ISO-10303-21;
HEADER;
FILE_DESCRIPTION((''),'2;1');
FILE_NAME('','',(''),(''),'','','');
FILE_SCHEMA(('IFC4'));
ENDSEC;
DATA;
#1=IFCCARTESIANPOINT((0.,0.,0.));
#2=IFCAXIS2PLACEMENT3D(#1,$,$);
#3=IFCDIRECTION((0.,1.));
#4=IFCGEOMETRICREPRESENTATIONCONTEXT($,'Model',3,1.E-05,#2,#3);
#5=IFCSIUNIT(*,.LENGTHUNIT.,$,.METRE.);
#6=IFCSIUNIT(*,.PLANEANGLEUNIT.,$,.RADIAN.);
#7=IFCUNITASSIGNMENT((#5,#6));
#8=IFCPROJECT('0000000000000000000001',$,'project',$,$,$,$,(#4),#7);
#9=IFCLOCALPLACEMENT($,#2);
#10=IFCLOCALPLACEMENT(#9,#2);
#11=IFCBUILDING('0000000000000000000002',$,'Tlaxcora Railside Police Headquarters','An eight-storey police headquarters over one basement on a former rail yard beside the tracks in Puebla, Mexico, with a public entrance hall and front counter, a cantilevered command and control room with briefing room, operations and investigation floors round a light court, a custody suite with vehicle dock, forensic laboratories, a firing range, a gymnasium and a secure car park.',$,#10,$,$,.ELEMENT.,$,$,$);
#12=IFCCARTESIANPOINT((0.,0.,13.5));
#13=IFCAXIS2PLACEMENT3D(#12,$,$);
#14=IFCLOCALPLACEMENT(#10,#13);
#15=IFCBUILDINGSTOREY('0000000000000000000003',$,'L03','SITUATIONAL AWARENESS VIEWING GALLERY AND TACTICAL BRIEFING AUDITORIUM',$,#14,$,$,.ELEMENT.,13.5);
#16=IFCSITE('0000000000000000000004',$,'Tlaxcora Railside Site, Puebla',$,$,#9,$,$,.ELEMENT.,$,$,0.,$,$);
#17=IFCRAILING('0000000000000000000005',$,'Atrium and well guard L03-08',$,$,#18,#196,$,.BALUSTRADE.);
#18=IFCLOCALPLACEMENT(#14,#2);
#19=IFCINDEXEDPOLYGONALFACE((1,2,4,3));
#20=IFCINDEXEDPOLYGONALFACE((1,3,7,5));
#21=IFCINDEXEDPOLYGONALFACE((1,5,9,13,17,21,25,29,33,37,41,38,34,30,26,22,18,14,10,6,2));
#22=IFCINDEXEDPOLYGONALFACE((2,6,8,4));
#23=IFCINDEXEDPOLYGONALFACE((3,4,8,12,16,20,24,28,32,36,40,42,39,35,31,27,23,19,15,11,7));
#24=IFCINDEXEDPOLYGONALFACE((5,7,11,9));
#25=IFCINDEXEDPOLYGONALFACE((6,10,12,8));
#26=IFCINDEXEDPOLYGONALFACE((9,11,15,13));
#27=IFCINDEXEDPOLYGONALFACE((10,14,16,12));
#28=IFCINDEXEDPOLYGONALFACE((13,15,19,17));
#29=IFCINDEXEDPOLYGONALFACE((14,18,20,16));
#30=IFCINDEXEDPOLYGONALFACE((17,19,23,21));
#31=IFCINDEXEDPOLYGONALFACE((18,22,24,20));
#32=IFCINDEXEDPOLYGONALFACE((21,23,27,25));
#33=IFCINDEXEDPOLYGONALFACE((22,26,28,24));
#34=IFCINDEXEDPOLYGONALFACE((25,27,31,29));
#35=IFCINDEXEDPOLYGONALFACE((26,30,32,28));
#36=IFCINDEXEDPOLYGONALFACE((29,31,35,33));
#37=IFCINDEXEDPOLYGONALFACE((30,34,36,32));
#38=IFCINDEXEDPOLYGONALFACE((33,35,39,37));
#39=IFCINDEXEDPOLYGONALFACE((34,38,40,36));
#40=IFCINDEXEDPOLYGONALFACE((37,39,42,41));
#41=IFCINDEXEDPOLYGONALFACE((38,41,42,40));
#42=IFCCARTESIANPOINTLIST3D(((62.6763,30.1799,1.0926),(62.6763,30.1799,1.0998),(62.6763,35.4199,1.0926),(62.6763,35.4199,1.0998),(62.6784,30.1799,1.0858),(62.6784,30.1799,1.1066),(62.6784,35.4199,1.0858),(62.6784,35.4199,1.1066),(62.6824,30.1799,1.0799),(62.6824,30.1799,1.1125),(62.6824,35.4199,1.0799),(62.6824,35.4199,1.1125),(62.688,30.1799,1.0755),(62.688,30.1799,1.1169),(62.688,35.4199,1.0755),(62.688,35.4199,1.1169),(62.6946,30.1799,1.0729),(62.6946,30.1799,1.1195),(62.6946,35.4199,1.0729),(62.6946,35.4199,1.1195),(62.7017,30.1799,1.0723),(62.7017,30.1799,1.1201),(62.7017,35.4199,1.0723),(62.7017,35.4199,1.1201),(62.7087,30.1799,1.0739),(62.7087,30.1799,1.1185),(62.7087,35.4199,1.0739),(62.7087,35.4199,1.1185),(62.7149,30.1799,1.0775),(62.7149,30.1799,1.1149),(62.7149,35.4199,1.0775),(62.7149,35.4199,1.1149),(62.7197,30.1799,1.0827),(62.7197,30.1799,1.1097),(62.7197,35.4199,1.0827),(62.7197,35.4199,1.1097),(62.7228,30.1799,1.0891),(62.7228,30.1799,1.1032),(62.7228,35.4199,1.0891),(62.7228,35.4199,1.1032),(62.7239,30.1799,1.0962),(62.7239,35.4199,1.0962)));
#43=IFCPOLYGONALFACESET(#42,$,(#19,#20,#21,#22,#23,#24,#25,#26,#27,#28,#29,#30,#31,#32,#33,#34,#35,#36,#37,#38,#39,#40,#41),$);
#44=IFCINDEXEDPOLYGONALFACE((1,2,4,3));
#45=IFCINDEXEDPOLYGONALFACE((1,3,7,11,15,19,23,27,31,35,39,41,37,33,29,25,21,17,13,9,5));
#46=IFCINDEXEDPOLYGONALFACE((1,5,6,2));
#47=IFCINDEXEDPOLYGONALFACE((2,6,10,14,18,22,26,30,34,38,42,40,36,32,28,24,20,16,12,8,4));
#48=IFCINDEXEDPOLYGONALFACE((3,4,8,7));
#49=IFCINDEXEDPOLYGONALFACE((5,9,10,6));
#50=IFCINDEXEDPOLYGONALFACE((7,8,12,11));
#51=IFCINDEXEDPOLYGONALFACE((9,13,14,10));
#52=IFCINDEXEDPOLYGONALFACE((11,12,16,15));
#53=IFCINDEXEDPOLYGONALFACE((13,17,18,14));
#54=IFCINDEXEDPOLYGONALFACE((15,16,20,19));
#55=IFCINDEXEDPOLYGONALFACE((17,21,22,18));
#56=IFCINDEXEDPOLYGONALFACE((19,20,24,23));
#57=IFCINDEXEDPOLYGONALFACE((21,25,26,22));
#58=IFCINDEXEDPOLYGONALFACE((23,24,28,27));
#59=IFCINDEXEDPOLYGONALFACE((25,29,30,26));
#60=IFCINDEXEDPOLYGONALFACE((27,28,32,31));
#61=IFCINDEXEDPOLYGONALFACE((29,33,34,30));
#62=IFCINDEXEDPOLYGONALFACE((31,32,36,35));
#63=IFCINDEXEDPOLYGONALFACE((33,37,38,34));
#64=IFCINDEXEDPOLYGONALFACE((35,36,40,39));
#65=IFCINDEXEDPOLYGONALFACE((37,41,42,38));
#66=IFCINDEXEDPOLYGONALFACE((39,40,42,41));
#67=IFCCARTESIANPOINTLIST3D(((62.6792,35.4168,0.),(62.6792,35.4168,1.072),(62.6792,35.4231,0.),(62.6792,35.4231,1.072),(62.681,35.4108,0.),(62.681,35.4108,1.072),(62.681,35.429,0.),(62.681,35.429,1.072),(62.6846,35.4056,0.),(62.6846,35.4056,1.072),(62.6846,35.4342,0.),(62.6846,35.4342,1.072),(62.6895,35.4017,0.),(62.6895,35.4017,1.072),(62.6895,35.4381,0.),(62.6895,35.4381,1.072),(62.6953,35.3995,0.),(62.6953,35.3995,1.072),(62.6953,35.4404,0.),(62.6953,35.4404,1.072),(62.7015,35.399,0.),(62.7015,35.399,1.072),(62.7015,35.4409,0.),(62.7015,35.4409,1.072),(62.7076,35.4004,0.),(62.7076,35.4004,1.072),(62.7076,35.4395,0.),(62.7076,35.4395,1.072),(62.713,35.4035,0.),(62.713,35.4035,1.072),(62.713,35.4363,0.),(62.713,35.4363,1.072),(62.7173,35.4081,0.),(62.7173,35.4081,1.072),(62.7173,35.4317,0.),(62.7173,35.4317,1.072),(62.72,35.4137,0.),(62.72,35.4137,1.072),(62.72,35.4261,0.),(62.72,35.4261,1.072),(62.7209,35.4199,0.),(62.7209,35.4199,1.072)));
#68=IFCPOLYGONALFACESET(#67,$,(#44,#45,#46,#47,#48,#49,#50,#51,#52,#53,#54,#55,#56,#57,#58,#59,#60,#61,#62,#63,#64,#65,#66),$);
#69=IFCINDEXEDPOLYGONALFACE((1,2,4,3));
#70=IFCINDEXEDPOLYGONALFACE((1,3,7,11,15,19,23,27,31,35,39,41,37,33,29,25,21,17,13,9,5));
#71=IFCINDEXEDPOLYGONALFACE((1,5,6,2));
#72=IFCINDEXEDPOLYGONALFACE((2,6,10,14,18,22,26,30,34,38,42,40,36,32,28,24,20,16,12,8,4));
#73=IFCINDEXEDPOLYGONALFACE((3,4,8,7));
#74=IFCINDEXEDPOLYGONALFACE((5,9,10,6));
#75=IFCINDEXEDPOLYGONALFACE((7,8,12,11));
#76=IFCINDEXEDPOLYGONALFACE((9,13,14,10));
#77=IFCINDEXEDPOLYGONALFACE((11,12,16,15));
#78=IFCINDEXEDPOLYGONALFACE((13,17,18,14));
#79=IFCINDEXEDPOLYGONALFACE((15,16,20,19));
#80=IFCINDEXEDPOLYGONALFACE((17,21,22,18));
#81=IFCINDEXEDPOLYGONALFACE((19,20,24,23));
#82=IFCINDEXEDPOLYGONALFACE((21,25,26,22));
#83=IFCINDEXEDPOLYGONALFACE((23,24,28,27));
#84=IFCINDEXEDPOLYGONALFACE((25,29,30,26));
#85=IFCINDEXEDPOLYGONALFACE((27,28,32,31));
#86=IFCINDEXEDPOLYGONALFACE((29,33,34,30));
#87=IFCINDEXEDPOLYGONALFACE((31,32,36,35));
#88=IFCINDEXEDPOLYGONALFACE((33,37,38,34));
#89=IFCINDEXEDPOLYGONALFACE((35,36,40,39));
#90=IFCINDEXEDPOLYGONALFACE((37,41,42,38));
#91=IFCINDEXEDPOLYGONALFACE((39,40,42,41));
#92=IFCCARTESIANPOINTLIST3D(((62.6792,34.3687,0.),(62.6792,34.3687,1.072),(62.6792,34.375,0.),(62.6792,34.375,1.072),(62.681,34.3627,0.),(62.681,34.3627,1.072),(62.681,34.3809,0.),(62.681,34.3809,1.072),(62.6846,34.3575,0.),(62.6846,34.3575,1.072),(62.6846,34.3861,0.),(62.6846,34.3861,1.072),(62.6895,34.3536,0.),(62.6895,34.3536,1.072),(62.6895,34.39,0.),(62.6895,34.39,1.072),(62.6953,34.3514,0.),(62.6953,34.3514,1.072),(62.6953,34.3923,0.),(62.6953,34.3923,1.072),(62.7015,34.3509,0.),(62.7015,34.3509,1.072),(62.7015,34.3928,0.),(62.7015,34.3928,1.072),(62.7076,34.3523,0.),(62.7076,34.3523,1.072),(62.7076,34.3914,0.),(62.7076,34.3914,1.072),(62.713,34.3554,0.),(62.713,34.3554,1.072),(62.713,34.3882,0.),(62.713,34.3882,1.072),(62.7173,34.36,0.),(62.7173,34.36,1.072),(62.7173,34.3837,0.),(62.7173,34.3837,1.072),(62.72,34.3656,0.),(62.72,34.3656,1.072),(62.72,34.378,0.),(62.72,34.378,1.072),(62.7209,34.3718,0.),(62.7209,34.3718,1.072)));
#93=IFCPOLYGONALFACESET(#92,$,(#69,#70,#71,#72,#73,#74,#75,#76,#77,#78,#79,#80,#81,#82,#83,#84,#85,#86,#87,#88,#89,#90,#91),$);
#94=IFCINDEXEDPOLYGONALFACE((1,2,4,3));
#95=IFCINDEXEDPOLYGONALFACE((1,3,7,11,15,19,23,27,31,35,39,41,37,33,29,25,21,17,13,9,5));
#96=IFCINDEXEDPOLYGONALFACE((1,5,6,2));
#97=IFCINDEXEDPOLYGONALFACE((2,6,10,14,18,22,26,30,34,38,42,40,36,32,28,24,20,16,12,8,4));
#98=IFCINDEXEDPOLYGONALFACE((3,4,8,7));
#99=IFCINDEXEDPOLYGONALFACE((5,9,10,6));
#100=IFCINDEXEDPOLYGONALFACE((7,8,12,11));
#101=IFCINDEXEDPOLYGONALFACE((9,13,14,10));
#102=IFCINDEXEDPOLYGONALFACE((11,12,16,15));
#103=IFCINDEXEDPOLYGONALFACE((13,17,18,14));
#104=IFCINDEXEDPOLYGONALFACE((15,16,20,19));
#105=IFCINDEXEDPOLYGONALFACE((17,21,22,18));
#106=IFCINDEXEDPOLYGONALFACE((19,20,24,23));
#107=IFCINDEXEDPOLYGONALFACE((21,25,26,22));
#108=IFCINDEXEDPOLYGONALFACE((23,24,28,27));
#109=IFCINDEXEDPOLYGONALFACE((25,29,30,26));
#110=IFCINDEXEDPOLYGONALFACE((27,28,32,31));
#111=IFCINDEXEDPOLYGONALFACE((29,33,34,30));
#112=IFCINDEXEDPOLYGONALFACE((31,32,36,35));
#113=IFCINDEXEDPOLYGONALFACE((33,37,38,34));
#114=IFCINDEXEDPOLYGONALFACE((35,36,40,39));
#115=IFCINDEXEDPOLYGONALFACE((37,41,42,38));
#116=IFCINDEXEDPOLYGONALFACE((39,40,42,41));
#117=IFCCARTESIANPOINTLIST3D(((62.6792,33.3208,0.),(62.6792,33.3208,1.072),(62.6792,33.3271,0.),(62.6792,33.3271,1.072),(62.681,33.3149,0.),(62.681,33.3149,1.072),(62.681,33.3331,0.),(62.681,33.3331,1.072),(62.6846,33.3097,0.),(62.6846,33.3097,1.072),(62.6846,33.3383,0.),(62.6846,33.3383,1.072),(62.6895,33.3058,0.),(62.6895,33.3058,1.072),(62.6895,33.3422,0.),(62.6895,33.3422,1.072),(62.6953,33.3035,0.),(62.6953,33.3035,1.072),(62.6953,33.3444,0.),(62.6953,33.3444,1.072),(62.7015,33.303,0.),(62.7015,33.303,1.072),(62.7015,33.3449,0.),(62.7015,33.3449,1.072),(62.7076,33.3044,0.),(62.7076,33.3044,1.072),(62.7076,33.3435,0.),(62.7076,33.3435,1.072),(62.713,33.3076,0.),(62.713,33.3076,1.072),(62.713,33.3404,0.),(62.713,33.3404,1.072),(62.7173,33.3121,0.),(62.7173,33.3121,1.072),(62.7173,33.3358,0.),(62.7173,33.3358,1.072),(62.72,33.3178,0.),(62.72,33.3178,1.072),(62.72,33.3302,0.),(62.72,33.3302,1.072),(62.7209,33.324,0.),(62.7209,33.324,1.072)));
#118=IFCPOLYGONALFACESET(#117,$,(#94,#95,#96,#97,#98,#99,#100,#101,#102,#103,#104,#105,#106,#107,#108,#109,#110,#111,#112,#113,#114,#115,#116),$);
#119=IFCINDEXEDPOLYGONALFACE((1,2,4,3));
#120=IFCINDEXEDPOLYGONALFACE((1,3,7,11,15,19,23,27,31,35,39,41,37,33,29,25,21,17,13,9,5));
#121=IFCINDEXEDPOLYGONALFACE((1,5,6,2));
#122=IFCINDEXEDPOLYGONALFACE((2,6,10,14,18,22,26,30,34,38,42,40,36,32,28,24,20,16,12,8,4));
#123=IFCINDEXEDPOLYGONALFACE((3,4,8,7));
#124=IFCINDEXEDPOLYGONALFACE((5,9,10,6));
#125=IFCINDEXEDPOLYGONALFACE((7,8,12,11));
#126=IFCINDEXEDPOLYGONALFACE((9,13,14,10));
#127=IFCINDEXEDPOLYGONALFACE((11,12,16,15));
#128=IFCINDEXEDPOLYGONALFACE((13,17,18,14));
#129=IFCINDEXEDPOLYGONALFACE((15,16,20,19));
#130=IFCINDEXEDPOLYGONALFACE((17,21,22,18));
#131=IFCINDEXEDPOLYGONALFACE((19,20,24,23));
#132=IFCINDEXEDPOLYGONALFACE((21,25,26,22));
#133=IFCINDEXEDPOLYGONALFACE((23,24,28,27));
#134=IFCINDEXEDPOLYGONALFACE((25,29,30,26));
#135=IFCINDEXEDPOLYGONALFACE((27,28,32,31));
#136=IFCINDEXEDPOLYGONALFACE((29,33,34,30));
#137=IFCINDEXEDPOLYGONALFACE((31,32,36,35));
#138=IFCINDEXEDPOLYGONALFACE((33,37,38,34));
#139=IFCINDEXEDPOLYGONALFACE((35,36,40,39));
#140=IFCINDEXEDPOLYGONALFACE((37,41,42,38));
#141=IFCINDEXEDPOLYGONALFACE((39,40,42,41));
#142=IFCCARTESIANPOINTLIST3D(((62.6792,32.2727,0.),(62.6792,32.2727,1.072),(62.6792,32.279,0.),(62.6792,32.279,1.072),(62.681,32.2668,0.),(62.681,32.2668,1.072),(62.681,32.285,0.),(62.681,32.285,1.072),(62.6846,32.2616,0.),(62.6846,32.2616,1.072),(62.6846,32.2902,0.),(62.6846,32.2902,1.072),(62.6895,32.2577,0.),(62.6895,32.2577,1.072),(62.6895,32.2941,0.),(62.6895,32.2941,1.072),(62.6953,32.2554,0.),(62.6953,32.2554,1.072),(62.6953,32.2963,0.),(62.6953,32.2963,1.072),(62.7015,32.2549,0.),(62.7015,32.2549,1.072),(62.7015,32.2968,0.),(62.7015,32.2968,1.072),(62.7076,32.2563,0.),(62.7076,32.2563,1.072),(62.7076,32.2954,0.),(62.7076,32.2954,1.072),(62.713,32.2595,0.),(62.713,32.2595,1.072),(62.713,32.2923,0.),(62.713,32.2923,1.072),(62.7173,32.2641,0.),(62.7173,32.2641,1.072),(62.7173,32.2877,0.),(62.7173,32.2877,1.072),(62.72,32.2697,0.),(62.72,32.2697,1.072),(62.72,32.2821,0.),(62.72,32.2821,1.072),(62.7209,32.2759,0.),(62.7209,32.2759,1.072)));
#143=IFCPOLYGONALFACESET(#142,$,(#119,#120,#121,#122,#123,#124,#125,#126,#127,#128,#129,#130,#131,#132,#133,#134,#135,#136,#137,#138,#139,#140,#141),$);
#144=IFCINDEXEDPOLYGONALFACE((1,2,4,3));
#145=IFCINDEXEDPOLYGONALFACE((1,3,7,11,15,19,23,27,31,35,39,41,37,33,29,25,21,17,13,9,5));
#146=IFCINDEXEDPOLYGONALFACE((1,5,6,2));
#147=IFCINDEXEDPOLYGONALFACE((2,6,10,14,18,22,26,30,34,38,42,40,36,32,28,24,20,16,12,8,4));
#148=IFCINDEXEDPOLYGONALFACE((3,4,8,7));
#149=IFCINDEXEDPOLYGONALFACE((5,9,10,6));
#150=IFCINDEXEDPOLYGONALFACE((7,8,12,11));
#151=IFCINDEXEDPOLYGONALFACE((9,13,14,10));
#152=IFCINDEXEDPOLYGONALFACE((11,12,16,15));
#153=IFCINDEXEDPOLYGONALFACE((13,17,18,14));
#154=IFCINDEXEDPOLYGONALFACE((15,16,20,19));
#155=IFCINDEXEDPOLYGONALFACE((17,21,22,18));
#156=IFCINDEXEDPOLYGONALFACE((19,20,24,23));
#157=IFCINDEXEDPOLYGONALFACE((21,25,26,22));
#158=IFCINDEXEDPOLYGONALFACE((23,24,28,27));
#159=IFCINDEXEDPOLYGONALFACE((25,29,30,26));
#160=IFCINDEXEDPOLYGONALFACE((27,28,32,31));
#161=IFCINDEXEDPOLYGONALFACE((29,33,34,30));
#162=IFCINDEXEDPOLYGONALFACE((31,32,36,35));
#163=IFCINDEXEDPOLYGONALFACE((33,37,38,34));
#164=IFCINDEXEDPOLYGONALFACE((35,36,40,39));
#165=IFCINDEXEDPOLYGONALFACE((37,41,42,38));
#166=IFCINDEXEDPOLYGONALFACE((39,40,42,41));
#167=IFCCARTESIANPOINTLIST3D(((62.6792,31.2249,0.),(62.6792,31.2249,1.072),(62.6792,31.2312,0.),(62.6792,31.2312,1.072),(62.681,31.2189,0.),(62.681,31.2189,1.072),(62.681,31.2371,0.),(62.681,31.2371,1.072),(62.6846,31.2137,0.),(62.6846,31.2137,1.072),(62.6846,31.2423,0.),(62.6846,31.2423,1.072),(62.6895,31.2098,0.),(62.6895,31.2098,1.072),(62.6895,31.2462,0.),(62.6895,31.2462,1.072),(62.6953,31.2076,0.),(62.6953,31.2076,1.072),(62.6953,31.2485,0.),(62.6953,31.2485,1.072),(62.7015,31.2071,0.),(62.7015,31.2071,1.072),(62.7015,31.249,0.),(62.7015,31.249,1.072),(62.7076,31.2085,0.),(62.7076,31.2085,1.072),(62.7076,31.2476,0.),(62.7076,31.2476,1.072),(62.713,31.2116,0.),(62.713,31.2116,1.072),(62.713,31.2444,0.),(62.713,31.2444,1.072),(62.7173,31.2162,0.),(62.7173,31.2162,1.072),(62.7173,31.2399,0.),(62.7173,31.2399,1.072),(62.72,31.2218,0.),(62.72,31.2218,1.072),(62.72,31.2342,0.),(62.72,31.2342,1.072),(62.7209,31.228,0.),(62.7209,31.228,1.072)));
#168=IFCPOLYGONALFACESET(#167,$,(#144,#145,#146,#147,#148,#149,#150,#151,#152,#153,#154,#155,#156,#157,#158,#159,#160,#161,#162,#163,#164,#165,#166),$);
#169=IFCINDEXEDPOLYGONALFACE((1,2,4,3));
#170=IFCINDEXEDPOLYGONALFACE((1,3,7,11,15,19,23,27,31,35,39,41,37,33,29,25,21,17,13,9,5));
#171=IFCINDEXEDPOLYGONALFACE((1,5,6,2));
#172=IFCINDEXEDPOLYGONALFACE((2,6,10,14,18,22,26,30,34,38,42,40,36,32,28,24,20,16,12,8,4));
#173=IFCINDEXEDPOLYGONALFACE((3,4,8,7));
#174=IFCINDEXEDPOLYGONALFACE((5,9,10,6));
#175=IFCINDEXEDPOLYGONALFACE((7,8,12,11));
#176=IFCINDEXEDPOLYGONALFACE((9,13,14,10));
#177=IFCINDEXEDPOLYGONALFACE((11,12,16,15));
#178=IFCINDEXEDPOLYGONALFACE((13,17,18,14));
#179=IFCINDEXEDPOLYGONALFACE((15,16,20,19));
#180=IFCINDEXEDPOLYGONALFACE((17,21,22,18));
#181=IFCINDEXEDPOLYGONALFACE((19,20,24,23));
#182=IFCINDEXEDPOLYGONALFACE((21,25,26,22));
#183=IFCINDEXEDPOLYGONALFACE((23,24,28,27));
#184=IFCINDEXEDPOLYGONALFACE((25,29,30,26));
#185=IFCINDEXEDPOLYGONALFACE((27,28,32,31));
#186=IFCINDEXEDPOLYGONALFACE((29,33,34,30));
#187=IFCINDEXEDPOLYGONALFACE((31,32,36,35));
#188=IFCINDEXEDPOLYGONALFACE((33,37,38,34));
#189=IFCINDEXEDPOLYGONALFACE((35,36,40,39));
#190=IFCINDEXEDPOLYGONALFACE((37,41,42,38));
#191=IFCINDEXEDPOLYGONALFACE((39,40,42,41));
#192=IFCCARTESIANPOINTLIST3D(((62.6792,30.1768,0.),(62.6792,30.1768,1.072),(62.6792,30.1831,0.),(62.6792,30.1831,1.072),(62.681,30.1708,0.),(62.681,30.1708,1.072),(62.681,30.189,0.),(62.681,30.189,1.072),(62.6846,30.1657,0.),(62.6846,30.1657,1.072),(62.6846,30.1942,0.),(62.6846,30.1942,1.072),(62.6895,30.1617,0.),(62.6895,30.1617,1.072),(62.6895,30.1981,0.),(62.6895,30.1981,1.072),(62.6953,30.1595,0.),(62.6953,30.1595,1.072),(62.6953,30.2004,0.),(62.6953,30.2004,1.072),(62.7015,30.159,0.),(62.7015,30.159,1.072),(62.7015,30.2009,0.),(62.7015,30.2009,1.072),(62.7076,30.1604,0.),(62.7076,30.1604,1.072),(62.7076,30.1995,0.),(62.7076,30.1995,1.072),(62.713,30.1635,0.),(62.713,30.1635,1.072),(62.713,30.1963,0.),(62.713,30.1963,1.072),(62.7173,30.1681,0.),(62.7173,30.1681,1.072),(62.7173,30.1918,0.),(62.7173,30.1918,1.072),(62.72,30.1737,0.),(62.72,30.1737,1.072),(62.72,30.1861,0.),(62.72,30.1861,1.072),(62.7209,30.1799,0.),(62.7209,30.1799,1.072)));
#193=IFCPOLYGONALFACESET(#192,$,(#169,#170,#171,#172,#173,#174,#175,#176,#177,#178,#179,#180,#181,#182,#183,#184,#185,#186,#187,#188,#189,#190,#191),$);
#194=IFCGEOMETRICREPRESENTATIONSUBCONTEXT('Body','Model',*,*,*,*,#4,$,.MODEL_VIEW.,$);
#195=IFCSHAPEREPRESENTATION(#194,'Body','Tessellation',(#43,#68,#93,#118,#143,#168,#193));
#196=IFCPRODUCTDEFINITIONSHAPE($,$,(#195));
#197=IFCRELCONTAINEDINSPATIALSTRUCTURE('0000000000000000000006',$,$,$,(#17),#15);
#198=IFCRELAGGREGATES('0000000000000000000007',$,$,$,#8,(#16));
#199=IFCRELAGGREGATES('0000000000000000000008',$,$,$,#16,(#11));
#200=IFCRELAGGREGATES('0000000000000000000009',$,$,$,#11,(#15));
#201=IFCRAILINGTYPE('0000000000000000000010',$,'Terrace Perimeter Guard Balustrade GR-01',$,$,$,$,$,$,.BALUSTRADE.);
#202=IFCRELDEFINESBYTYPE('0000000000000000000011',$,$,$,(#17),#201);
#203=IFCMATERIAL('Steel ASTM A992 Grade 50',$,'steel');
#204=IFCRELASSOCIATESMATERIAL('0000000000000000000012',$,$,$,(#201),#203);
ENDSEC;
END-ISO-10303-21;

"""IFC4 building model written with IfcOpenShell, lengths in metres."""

from ifc_helpers import new_model, si_unit, direction, frame, origin, origin_2d, place, context, subcontext, project, spatial, circle, extrude, material, type_object, element, save


model = new_model("IFC4")

# Units and contexts
model_context = context("Model", 3, precision=1e-05, world=origin(), true_north=direction((0.0, 1.0)))
body_context = subcontext(model_context, "Body", "Model", "MODEL_VIEW")
ifc_project = project(units=[si_unit("LENGTHUNIT", "METRE"), si_unit("PLANEANGLEUNIT", "RADIAN")], contexts=[model_context])

# Site, building, storey
site_placement = place(None, origin())
site = spatial("IfcSite", under=ifc_project, at=site_placement, Name="Tlaxcora Railside Site, Puebla", CompositionType="ELEMENT", RefElevation=0.0)
building_placement = place(site_placement, origin())
building = spatial("IfcBuilding", under=site, at=building_placement, Name="Tlaxcora Railside Police Headquarters", Description="An eight-storey police headquarters over one basement on a former rail yard beside the tracks in Puebla, Mexico, with a public entrance hall and front counter, a cantilevered command and control room with briefing room, operations and investigation floors round a light court, a custody suite with vehicle dock, forensic laboratories, a firing range, a gymnasium and a secure car park.", CompositionType="ELEMENT")
storey_placement = place(building_placement, frame((0.0, 0.0, 13.5)))
storey = spatial("IfcBuildingStorey", under=building, at=storey_placement, Name="L03", Description="SITUATIONAL AWARENESS VIEWING GALLERY AND TACTICAL BRIEFING AUDITORIUM", CompositionType="ELEMENT", Elevation=13.5)

# Shared definitions
ifc_material_1 = material(Name="Steel ASTM A992 Grade 50", Category="steel")

# Railing
railing_type = type_object("IfcRailingType", Name="Terrace Perimeter Guard Balustrade GR-01", PredefinedType="BALUSTRADE", material=ifc_material_1)
railing_1_placement = place(storey_placement, frame((62.7, 35.4199, 0.0)))
element("IfcRailing", 1, at=railing_1_placement, inside=storey, type_object=railing_type, Name="Atrium and well guard L03-08", PredefinedType="BALUSTRADE", context=body_context, shape_type="SweptSolid", body=[
    extrude(circle(Radius=0.0239, at=origin_2d()), frame((0.0, 0.0, 1.0962), z_axis=(0.0, -1.0, 0.0), x_axis=(1.0, 0.0, 0.0)), (0.0, 0.0, 1.0), 5.24),
    extrude(circle(Radius=0.021, at=origin_2d()), origin(), (0.0, 0.0, 1.0), 1.072),
    extrude(circle(Radius=0.021, at=origin_2d()), frame((0.0, -1.0481, 0.0)), (0.0, 0.0, 1.0), 1.072),
    extrude(circle(Radius=0.021, at=origin_2d()), frame((0.0, -2.0959, 0.0)), (0.0, 0.0, 1.0), 1.072),
    extrude(circle(Radius=0.021, at=origin_2d()), frame((0.0, -3.144, 0.0)), (0.0, 0.0, 1.0), 1.072),
    extrude(circle(Radius=0.021, at=origin_2d()), frame((0.0, -4.1919, 0.0)), (0.0, 0.0, 1.0), 1.072),
    extrude(circle(Radius=0.021, at=origin_2d()), frame((0.0, -5.24, 0.0)), (0.0, 0.0, 1.0), 1.072),
])

save(model, "model.ifc")
